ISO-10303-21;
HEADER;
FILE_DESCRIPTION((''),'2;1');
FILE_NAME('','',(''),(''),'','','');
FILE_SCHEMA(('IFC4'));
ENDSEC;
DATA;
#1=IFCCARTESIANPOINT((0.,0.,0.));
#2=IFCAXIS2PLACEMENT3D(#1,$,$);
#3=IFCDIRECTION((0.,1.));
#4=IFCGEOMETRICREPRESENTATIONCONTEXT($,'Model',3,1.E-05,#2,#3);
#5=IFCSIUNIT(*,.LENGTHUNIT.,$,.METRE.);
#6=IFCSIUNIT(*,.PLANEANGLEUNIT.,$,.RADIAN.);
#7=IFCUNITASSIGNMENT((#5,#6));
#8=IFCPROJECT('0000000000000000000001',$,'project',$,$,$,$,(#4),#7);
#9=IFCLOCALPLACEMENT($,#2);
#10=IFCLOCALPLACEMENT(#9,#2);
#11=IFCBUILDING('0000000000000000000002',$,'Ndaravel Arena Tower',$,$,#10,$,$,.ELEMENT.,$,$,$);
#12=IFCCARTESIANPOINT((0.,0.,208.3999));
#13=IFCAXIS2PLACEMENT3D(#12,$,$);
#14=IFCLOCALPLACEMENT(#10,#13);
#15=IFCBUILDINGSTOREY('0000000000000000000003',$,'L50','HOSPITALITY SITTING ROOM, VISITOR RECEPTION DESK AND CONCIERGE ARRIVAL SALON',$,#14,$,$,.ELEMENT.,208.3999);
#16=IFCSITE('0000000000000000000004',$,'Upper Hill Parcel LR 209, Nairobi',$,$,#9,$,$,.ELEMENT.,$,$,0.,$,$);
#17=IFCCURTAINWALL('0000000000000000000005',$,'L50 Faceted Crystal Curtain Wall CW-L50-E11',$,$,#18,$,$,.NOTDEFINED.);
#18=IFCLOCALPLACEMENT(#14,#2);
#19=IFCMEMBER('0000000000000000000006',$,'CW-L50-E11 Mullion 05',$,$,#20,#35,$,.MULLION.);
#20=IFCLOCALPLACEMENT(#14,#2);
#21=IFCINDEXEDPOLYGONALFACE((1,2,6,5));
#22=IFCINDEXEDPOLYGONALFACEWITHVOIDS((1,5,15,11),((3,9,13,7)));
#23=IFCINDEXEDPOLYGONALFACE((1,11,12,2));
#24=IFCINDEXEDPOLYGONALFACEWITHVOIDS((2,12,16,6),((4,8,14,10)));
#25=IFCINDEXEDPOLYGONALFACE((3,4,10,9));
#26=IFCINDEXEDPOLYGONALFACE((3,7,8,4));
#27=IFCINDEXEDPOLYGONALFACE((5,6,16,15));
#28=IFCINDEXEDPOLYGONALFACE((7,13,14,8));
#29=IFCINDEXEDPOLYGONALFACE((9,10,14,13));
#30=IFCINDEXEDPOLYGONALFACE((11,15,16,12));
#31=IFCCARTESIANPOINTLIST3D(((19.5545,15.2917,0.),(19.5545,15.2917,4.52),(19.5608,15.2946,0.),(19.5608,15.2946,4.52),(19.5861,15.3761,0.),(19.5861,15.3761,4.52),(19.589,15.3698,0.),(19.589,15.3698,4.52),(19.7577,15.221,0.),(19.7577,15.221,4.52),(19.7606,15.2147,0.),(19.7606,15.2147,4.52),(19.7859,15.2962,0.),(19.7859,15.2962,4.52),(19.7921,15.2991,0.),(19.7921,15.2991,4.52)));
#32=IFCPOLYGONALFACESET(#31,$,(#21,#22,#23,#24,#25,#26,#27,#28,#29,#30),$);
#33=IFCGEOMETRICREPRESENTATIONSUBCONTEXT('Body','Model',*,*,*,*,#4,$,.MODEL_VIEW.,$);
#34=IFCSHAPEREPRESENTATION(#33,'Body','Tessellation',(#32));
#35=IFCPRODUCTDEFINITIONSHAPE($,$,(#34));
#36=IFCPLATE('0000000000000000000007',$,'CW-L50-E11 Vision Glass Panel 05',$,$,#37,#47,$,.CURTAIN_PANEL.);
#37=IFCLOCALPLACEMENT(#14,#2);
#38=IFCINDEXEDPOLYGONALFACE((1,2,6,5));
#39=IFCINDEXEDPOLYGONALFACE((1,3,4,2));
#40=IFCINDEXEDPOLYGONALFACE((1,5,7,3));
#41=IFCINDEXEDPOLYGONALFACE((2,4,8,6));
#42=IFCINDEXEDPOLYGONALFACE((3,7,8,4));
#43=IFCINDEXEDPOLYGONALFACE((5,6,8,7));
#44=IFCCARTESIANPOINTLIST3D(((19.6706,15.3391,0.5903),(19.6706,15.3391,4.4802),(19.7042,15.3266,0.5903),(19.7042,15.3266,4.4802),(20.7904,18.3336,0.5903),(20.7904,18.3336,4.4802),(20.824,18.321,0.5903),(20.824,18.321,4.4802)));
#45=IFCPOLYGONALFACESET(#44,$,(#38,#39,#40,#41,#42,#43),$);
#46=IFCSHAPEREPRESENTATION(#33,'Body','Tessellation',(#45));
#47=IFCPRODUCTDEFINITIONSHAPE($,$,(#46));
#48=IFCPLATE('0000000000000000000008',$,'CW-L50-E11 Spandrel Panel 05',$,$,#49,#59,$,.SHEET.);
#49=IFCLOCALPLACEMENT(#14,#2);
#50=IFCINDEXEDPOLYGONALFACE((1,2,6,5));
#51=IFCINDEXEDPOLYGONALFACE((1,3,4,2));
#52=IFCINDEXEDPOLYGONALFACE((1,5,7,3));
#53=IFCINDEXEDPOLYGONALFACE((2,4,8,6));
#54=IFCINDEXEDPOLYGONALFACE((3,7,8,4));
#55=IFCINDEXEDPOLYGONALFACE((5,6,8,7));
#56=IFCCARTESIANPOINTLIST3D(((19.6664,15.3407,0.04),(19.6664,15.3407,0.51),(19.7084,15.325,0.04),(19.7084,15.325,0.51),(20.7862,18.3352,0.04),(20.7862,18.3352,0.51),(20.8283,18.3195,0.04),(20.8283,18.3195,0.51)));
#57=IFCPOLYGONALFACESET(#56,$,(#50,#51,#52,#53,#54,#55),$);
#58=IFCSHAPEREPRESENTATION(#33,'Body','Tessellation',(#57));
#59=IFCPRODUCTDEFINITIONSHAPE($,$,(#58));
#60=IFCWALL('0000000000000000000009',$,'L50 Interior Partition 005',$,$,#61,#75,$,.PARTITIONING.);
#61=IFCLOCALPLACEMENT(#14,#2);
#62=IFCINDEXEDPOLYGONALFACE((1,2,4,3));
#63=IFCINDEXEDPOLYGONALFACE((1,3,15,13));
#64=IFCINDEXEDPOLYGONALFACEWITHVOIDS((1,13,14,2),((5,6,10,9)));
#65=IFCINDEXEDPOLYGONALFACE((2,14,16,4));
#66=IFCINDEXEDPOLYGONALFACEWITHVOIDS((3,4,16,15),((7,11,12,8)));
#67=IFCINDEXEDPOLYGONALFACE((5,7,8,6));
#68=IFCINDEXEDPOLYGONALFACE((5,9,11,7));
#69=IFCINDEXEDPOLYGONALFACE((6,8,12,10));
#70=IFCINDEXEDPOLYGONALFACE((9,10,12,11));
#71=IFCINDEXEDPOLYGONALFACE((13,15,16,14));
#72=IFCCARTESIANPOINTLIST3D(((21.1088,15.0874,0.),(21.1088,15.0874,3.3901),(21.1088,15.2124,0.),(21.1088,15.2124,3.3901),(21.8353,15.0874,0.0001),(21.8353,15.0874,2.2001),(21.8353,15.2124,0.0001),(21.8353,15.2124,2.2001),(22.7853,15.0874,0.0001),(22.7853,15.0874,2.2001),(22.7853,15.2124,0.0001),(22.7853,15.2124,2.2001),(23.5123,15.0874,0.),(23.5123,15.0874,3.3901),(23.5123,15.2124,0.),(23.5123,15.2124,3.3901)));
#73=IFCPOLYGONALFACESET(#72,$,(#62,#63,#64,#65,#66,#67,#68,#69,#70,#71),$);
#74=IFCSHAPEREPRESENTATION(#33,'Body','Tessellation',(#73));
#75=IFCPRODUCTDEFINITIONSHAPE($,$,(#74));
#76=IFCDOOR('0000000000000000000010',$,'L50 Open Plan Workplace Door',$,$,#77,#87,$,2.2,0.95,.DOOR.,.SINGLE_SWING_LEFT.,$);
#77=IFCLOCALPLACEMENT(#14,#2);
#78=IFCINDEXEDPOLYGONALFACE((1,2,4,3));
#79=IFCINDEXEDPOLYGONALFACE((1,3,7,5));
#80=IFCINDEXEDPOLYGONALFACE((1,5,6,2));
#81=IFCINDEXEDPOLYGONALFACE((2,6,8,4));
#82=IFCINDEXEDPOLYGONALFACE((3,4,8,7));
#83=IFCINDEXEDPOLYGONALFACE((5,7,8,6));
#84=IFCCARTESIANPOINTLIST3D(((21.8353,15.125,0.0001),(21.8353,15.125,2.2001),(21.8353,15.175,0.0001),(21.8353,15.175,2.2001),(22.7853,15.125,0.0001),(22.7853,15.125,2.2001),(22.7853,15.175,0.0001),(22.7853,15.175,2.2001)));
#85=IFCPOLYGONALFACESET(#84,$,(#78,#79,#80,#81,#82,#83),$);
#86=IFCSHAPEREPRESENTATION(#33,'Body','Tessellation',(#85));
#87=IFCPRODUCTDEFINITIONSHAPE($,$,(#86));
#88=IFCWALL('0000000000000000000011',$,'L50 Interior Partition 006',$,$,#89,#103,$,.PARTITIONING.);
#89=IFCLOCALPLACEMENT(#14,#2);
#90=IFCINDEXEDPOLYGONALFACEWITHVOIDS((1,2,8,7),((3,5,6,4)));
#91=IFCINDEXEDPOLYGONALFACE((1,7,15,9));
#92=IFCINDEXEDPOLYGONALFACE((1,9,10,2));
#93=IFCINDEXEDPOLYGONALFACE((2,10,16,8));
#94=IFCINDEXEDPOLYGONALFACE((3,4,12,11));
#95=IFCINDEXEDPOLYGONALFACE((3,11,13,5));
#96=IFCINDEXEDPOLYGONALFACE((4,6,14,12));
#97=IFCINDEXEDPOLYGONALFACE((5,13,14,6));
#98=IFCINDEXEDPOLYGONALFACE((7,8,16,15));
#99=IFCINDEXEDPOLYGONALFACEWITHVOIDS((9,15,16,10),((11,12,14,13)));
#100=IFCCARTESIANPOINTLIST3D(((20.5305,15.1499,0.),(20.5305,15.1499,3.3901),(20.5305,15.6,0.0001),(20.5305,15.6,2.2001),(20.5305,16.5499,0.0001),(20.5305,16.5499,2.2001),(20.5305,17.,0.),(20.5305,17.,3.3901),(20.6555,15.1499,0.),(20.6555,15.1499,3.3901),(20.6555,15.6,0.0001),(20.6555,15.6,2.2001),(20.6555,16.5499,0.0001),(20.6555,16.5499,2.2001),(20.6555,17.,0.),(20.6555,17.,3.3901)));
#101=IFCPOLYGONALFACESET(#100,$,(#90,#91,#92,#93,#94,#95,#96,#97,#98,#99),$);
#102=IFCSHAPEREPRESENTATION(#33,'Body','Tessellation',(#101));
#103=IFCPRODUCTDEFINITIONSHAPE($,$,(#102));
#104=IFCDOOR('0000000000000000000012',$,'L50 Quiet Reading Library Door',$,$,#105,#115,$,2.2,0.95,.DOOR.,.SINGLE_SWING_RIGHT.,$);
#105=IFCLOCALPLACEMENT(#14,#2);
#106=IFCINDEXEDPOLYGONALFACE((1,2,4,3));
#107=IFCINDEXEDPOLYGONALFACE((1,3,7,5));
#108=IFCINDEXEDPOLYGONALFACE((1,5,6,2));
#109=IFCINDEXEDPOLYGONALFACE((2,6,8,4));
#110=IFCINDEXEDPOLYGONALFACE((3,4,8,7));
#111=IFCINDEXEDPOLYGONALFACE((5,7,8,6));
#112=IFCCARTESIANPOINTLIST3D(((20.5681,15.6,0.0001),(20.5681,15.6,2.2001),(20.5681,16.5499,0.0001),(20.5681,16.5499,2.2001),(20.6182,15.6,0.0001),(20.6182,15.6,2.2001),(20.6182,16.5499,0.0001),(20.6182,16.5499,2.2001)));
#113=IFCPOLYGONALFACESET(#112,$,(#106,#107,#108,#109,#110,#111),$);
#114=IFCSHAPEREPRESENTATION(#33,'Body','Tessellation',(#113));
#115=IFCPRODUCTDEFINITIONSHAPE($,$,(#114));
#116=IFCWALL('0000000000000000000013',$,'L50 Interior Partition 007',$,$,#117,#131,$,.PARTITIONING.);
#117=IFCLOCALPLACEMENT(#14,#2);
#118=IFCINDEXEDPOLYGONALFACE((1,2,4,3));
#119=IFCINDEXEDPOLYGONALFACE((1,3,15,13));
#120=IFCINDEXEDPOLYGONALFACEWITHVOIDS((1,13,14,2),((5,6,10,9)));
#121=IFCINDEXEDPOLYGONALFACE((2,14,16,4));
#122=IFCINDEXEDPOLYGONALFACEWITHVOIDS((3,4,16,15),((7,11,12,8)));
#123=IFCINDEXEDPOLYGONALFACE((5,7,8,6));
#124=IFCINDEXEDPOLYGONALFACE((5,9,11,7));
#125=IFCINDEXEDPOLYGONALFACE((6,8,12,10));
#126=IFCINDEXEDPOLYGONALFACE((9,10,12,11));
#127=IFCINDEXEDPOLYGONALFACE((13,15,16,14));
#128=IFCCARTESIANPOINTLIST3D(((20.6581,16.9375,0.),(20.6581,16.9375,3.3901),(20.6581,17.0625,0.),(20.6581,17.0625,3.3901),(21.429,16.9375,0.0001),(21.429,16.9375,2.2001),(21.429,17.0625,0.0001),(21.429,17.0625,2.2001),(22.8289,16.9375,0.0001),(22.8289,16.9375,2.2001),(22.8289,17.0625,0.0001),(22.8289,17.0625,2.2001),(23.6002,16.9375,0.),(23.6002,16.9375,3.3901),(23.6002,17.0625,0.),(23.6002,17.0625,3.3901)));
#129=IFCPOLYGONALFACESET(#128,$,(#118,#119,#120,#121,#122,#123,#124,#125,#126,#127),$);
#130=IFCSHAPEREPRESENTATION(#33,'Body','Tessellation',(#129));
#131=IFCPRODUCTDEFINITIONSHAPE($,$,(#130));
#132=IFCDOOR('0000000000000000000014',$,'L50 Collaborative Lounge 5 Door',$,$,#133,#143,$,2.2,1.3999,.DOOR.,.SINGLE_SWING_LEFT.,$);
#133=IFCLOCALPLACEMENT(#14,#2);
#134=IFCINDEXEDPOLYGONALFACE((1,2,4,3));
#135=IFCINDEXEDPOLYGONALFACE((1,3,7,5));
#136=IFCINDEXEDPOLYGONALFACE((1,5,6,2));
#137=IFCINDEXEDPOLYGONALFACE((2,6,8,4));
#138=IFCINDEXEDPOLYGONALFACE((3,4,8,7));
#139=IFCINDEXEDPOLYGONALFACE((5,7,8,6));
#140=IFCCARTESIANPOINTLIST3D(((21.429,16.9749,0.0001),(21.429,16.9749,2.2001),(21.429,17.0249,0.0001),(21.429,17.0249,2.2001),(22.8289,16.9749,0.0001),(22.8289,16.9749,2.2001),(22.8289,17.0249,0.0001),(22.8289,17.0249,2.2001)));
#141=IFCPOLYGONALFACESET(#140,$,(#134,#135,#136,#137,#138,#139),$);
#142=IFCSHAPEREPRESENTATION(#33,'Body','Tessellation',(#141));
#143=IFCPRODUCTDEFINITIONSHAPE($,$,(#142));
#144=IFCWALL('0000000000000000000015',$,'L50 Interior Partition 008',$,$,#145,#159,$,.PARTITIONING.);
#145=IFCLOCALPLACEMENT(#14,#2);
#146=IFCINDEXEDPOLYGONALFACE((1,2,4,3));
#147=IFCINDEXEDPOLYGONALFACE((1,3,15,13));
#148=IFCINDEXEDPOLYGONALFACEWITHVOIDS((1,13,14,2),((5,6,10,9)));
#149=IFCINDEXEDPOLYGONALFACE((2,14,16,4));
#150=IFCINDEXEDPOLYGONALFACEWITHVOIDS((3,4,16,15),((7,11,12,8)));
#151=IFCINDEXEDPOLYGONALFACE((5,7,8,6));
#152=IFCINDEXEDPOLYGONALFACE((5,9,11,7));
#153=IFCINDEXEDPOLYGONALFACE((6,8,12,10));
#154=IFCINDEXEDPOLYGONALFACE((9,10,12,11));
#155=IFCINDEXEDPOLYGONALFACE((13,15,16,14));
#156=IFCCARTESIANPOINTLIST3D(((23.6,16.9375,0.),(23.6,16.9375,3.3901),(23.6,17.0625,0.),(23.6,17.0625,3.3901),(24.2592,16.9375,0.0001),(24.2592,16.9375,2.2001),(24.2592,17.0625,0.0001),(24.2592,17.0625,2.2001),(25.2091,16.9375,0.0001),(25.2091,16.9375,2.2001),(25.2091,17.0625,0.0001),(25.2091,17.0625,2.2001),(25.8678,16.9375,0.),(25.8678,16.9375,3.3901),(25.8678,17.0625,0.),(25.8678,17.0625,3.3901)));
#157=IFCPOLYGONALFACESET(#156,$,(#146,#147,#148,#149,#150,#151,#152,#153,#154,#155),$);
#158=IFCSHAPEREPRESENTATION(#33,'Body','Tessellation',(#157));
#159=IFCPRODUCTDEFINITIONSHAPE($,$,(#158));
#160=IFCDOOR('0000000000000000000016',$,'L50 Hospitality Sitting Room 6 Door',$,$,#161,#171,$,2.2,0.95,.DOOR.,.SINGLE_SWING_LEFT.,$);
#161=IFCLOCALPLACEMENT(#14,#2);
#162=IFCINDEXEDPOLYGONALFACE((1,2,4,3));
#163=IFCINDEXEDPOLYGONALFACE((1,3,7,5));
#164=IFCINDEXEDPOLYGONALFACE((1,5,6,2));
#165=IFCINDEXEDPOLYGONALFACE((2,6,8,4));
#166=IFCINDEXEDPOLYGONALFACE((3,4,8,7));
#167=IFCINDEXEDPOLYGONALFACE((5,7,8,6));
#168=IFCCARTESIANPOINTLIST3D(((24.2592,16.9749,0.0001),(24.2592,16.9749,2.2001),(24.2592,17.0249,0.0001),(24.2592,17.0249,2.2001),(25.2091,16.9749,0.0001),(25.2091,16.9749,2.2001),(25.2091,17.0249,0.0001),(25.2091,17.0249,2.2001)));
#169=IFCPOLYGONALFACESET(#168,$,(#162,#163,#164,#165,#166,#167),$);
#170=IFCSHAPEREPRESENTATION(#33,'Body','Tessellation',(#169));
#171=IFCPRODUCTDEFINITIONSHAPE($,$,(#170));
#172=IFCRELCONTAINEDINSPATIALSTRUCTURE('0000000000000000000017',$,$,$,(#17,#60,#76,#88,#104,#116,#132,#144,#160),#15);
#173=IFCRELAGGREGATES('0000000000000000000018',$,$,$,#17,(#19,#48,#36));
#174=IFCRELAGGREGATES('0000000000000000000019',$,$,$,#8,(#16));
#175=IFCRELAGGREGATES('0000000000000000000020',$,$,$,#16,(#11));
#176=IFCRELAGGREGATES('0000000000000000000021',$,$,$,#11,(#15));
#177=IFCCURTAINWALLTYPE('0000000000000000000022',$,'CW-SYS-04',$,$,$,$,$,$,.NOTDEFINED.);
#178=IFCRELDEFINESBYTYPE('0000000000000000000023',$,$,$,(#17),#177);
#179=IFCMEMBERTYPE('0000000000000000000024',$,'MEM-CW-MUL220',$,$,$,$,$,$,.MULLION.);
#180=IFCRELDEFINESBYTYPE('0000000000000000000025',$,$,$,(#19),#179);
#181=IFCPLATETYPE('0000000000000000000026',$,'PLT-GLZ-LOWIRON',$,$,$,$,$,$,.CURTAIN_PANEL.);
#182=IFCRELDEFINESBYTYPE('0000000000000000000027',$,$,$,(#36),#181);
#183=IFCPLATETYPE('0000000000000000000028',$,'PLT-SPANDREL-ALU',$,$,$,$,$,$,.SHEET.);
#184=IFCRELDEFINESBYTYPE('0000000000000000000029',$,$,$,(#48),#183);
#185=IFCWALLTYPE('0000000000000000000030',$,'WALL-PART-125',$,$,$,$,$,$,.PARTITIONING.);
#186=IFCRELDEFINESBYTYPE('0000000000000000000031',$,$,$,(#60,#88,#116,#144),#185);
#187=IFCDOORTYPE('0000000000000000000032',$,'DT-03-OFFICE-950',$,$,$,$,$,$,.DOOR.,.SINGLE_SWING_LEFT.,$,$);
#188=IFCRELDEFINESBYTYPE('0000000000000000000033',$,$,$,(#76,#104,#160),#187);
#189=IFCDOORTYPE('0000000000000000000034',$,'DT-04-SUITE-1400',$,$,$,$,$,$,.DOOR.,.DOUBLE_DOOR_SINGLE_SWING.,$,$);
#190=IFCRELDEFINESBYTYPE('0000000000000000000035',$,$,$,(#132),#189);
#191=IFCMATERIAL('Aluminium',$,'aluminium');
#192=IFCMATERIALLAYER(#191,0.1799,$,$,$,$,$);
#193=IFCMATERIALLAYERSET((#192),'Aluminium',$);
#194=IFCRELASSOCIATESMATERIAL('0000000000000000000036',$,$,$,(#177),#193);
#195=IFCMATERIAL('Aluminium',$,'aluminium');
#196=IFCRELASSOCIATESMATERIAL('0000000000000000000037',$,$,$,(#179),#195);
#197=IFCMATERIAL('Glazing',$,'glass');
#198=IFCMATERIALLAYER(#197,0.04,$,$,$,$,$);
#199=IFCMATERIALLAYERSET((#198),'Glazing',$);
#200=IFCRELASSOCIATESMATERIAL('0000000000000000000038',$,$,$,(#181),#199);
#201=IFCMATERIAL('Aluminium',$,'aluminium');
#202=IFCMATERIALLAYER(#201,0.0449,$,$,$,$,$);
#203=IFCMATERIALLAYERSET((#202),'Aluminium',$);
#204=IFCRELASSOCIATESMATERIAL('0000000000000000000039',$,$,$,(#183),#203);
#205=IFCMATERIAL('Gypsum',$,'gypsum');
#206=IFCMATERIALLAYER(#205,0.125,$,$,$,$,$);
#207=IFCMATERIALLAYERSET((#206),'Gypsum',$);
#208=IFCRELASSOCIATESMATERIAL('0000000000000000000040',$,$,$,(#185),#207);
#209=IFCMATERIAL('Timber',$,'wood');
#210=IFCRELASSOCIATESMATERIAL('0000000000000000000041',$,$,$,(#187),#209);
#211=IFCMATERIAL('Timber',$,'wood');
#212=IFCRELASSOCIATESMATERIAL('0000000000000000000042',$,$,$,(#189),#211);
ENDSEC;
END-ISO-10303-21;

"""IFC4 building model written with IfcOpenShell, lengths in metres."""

from ifc_helpers import new_model, si_unit, direction, frame, frame_2d, origin, origin_2d, place, context, subcontext, project, spatial, rectangle, hollow_rectangle, extrude, material, layer, layer_set, material_profile, profile_set, type_object, element, fill, aggregate, save


model = new_model("IFC4")

# Units and contexts
model_context = context("Model", 3, precision=1e-05, world=origin(), true_north=direction((0.0, 1.0)))
body_context = subcontext(model_context, "Body", "Model", "MODEL_VIEW")
ifc_project = project(units=[si_unit("LENGTHUNIT", "METRE"), si_unit("PLANEANGLEUNIT", "RADIAN")], contexts=[model_context])

# Site, building, storey
site_placement = place(None, origin())
site = spatial("IfcSite", under=ifc_project, at=site_placement, Name="Upper Hill Parcel LR 209, Nairobi", CompositionType="ELEMENT", RefElevation=0.0)
building_placement = place(site_placement, origin())
building = spatial("IfcBuilding", under=site, at=building_placement, Name="Ndaravel Arena Tower", CompositionType="ELEMENT")
storey_placement = place(building_placement, frame((0.0, 0.0, 208.3999)))
storey = spatial("IfcBuildingStorey", under=building, at=storey_placement, Name="L50", Description="HOSPITALITY SITTING ROOM, VISITOR RECEPTION DESK AND CONCIERGE ARRIVAL SALON", CompositionType="ELEMENT", Elevation=208.3999)

# Curtain wall, member, plates
ifc_material_1 = material(Name="Aluminium", Category="aluminium")
ifc_layer_1 = layer(ifc_material_1, 0.1799)
ifc_layer_set_1 = layer_set([ifc_layer_1], Name="Aluminium")
curtain_wall_type = type_object("IfcCurtainWallType", Name="CW-SYS-04", PredefinedType="NOTDEFINED", material=ifc_layer_set_1)
curtain_wall_placement = place(storey_placement, origin())
curtain_wall = element("IfcCurtainWall", 1, at=curtain_wall_placement, inside=storey, type_object=curtain_wall_type, Name="L50 Faceted Crystal Curtain Wall CW-L50-E11", PredefinedType="NOTDEFINED")
ifc_material_2 = material(Name="Aluminium", Category="aluminium")
ifc_material_profile = material_profile(ifc_material_2, hollow_rectangle(XDim=0.0901, YDim=0.22, WallThickness=0.0049, at=origin_2d()), Name="CW MULLION 90x220x5")
ifc_profile_set = profile_set([ifc_material_profile], Name="Aluminium")
member_type = type_object("IfcMemberType", Name="MEM-CW-MUL220", PredefinedType="MULLION", material=ifc_profile_set)
member_placement = place(storey_placement, frame((19.6733, 15.2954, 0.0), z_axis=(0.0, 0.0, 1.0), x_axis=(-0.350273, -0.936648, 0.0)))
member = element("IfcMember", 2, at=member_placement, type_object=member_type, Name="CW-L50-E11 Mullion 05", PredefinedType="MULLION", context=body_context, shape_type="SweptSolid", body=[
    extrude(hollow_rectangle(XDim=0.0901, YDim=0.22, WallThickness=0.0049, at=origin_2d()), origin(), (0.0, 0.0, 1.0), 4.52),
])
ifc_material_3 = material(Name="Glazing", Category="glass")
ifc_layer_2 = layer(ifc_material_3, 0.04)
ifc_layer_set_2 = layer_set([ifc_layer_2], Name="Glazing")
plate_type_1 = type_object("IfcPlateType", Name="PLT-GLZ-LOWIRON", PredefinedType="CURTAIN_PANEL", material=ifc_layer_set_2)
plate_1_placement = place(storey_placement, frame((20.2473, 16.8301, 0.5903), z_axis=(0.0, 0.0, 1.0), x_axis=(-0.350273, -0.936648, 0.0)))
plate_1 = element("IfcPlate", 3, at=plate_1_placement, type_object=plate_type_1, Name="CW-L50-E11 Vision Glass Panel 05", PredefinedType="CURTAIN_PANEL", context=body_context, shape_type="SweptSolid", body=[
    extrude(rectangle(XDim=3.197, YDim=0.0359, at=origin_2d()), origin(), (0.0, 0.0, 1.0), 3.8899),
])
ifc_material_4 = material(Name="Aluminium", Category="aluminium")
ifc_layer_3 = layer(ifc_material_4, 0.0449)
ifc_layer_set_3 = layer_set([ifc_layer_3], Name="Aluminium")
plate_type_2 = type_object("IfcPlateType", Name="PLT-SPANDREL-ALU", PredefinedType="SHEET", material=ifc_layer_set_3)
plate_2_placement = place(storey_placement, frame((20.2473, 16.8301, 0.04), z_axis=(0.0, 0.0, 1.0), x_axis=(-0.350273, -0.936648, 0.0)))
plate_2 = element("IfcPlate", 4, at=plate_2_placement, type_object=plate_type_2, Name="CW-L50-E11 Spandrel Panel 05", PredefinedType="SHEET", context=body_context, shape_type="SweptSolid", body=[
    extrude(rectangle(XDim=3.197, YDim=0.0449, at=origin_2d()), origin(), (0.0, 0.0, 1.0), 0.47),
])
aggregate(curtain_wall, [member, plate_2, plate_1])

# Walls, openings, doors
ifc_material_5 = material(Name="Gypsum", Category="gypsum")
ifc_layer_4 = layer(ifc_material_5, 0.125)
ifc_layer_set_4 = layer_set([ifc_layer_4], Name="Gypsum")
wall_type = type_object("IfcWallType", Name="WALL-PART-125", PredefinedType="PARTITIONING", material=ifc_layer_set_4)
wall_1_placement = place(storey_placement, frame((23.5122, 15.1499, 0.0), z_axis=(0.0, 0.0, 1.0), x_axis=(-1.0, 0.0, 0.0)))
wall_1 = element("IfcWall", 5, at=wall_1_placement, inside=storey, type_object=wall_type, Name="L50 Interior Partition 005", PredefinedType="PARTITIONING", context=body_context, shape_type="SweptSolid", body=[
    extrude(rectangle(XDim=2.4036, YDim=0.125, at=frame_2d((1.2017, 0.0))), origin(), (0.0, 0.0, 1.0), 3.3901),
])
opening_1_placement = place(wall_1_placement, frame((0.7268, 0.0, 0.0)))
opening_1 = element("IfcOpeningElement", 6, at=opening_1_placement, cuts=wall_1, PredefinedType="OPENING", context=body_context, shape_type="SweptSolid", body=[
    extrude(rectangle(XDim=0.95, YDim=2.2, at=frame_2d((0.4751, 1.1001))), frame((0.0, 0.0625, 0.0), z_axis=(0.0, -1.0, 0.0), x_axis=(1.0, 0.0, 0.0)), (0.0, 0.0, 1.0), 0.125),
])
ifc_material_6 = material(Name="Timber", Category="wood")
door_type_1 = type_object("IfcDoorType", Name="DT-03-OFFICE-950", OperationType="SINGLE_SWING_LEFT", PredefinedType="DOOR", material=ifc_material_6)
door_1_placement = place(opening_1_placement, origin())
door_1 = element("IfcDoor", 7, at=door_1_placement, inside=storey, type_object=door_type_1, Name="L50 Open Plan Workplace Door", OperationType="SINGLE_SWING_LEFT", OverallHeight=2.2, OverallWidth=0.95, PredefinedType="DOOR", context=body_context, shape_type="SweptSolid", body=[
    extrude(rectangle(XDim=0.95, YDim=2.2, at=frame_2d((0.4751, 1.1001))), frame((0.0, 0.0249, 0.0), z_axis=(0.0, -1.0, 0.0), x_axis=(1.0, 0.0, 0.0)), (0.0, 0.0, 1.0), 0.05),
])
fill(opening_1, door_1)
wall_2_placement = place(storey_placement, frame((20.593, 15.1499, 0.0), z_axis=(0.0, 0.0, 1.0), x_axis=(0.0, 1.0, 0.0)))
wall_2 = element("IfcWall", 8, at=wall_2_placement, inside=storey, type_object=wall_type, Name="L50 Interior Partition 006", PredefinedType="PARTITIONING", context=body_context, shape_type="SweptSolid", body=[
    extrude(rectangle(XDim=1.8501, YDim=0.125, at=frame_2d((0.925, 0.0))), origin(), (0.0, 0.0, 1.0), 3.3901),
])
opening_2_placement = place(wall_2_placement, frame((0.45, 0.0, 0.0)))
opening_2 = element("IfcOpeningElement", 9, at=opening_2_placement, cuts=wall_2, PredefinedType="OPENING", context=body_context, shape_type="SweptSolid", body=[
    extrude(rectangle(XDim=0.95, YDim=2.2, at=frame_2d((0.4751, 1.1001))), frame((0.0, 0.0625, 0.0), z_axis=(0.0, -1.0, 0.0), x_axis=(1.0, 0.0, 0.0)), (0.0, 0.0, 1.0), 0.125),
])
door_2_placement = place(opening_2_placement, origin())
door_2 = element("IfcDoor", 10, at=door_2_placement, inside=storey, type_object=door_type_1, Name="L50 Quiet Reading Library Door", OperationType="SINGLE_SWING_RIGHT", OverallHeight=2.2, OverallWidth=0.95, PredefinedType="DOOR", context=body_context, shape_type="SweptSolid", body=[
    extrude(rectangle(XDim=0.95, YDim=2.2, at=frame_2d((0.4751, 1.1001))), frame((0.0, 0.0249, 0.0), z_axis=(0.0, -1.0, 0.0), x_axis=(1.0, 0.0, 0.0)), (0.0, 0.0, 1.0), 0.05),
])
fill(opening_2, door_2)
wall_3_placement = place(storey_placement, frame((20.658, 17.0, 0.0), z_axis=(0.0, 0.0, 1.0), x_axis=(1.0, 0.0, 0.0)))
wall_3 = element("IfcWall", 11, at=wall_3_placement, inside=storey, type_object=wall_type, Name="L50 Interior Partition 007", PredefinedType="PARTITIONING", context=body_context, shape_type="SweptSolid", body=[
    extrude(rectangle(XDim=2.9421, YDim=0.125, at=frame_2d((1.4712, 0.0))), origin(), (0.0, 0.0, 1.0), 3.3901),
])
opening_3_placement = place(wall_3_placement, frame((0.771, 0.0, 0.0)))
opening_3 = element("IfcOpeningElement", 12, at=opening_3_placement, cuts=wall_3, PredefinedType="OPENING", context=body_context, shape_type="SweptSolid", body=[
    extrude(rectangle(XDim=1.3999, YDim=2.2, at=frame_2d((0.7, 1.1001))), frame((0.0, 0.0625, 0.0), z_axis=(0.0, -1.0, 0.0), x_axis=(1.0, 0.0, 0.0)), (0.0, 0.0, 1.0), 0.125),
])
ifc_material_7 = material(Name="Timber", Category="wood")
door_type_2 = type_object("IfcDoorType", Name="DT-04-SUITE-1400", OperationType="DOUBLE_DOOR_SINGLE_SWING", PredefinedType="DOOR", material=ifc_material_7)
door_3_placement = place(opening_3_placement, origin())
door_3 = element("IfcDoor", 13, at=door_3_placement, inside=storey, type_object=door_type_2, Name="L50 Collaborative Lounge 5 Door", OperationType="SINGLE_SWING_LEFT", OverallHeight=2.2, OverallWidth=1.3999, PredefinedType="DOOR", context=body_context, shape_type="SweptSolid", body=[
    extrude(rectangle(XDim=1.3999, YDim=2.2, at=frame_2d((0.7, 1.1001))), frame((0.0, 0.0249, 0.0), z_axis=(0.0, -1.0, 0.0), x_axis=(1.0, 0.0, 0.0)), (0.0, 0.0, 1.0), 0.05),
])
fill(opening_3, door_3)
wall_4_placement = place(storey_placement, frame((23.6001, 17.0, 0.0), z_axis=(0.0, 0.0, 1.0), x_axis=(1.0, 0.0, 0.0)))
wall_4 = element("IfcWall", 14, at=wall_4_placement, inside=storey, type_object=wall_type, Name="L50 Interior Partition 008", PredefinedType="PARTITIONING", context=body_context, shape_type="SweptSolid", body=[
    extrude(rectangle(XDim=2.2678, YDim=0.125, at=frame_2d((1.1338, 0.0))), origin(), (0.0, 0.0, 1.0), 3.3901),
])
opening_4_placement = place(wall_4_placement, frame((0.6589, 0.0, 0.0)))
opening_4 = element("IfcOpeningElement", 15, at=opening_4_placement, cuts=wall_4, PredefinedType="OPENING", context=body_context, shape_type="SweptSolid", body=[
    extrude(rectangle(XDim=0.95, YDim=2.2, at=frame_2d((0.4751, 1.1001))), frame((0.0, 0.0625, 0.0), z_axis=(0.0, -1.0, 0.0), x_axis=(1.0, 0.0, 0.0)), (0.0, 0.0, 1.0), 0.125),
])
door_4_placement = place(opening_4_placement, origin())
door_4 = element("IfcDoor", 16, at=door_4_placement, inside=storey, type_object=door_type_1, Name="L50 Hospitality Sitting Room 6 Door", OperationType="SINGLE_SWING_LEFT", OverallHeight=2.2, OverallWidth=0.95, PredefinedType="DOOR", context=body_context, shape_type="SweptSolid", body=[
    extrude(rectangle(XDim=0.95, YDim=2.2, at=frame_2d((0.4751, 1.1001))), frame((0.0, 0.0249, 0.0), z_axis=(0.0, -1.0, 0.0), x_axis=(1.0, 0.0, 0.0)), (0.0, 0.0, 1.0), 0.05),
])
fill(opening_4, door_4)

save(model, "model.ifc")
